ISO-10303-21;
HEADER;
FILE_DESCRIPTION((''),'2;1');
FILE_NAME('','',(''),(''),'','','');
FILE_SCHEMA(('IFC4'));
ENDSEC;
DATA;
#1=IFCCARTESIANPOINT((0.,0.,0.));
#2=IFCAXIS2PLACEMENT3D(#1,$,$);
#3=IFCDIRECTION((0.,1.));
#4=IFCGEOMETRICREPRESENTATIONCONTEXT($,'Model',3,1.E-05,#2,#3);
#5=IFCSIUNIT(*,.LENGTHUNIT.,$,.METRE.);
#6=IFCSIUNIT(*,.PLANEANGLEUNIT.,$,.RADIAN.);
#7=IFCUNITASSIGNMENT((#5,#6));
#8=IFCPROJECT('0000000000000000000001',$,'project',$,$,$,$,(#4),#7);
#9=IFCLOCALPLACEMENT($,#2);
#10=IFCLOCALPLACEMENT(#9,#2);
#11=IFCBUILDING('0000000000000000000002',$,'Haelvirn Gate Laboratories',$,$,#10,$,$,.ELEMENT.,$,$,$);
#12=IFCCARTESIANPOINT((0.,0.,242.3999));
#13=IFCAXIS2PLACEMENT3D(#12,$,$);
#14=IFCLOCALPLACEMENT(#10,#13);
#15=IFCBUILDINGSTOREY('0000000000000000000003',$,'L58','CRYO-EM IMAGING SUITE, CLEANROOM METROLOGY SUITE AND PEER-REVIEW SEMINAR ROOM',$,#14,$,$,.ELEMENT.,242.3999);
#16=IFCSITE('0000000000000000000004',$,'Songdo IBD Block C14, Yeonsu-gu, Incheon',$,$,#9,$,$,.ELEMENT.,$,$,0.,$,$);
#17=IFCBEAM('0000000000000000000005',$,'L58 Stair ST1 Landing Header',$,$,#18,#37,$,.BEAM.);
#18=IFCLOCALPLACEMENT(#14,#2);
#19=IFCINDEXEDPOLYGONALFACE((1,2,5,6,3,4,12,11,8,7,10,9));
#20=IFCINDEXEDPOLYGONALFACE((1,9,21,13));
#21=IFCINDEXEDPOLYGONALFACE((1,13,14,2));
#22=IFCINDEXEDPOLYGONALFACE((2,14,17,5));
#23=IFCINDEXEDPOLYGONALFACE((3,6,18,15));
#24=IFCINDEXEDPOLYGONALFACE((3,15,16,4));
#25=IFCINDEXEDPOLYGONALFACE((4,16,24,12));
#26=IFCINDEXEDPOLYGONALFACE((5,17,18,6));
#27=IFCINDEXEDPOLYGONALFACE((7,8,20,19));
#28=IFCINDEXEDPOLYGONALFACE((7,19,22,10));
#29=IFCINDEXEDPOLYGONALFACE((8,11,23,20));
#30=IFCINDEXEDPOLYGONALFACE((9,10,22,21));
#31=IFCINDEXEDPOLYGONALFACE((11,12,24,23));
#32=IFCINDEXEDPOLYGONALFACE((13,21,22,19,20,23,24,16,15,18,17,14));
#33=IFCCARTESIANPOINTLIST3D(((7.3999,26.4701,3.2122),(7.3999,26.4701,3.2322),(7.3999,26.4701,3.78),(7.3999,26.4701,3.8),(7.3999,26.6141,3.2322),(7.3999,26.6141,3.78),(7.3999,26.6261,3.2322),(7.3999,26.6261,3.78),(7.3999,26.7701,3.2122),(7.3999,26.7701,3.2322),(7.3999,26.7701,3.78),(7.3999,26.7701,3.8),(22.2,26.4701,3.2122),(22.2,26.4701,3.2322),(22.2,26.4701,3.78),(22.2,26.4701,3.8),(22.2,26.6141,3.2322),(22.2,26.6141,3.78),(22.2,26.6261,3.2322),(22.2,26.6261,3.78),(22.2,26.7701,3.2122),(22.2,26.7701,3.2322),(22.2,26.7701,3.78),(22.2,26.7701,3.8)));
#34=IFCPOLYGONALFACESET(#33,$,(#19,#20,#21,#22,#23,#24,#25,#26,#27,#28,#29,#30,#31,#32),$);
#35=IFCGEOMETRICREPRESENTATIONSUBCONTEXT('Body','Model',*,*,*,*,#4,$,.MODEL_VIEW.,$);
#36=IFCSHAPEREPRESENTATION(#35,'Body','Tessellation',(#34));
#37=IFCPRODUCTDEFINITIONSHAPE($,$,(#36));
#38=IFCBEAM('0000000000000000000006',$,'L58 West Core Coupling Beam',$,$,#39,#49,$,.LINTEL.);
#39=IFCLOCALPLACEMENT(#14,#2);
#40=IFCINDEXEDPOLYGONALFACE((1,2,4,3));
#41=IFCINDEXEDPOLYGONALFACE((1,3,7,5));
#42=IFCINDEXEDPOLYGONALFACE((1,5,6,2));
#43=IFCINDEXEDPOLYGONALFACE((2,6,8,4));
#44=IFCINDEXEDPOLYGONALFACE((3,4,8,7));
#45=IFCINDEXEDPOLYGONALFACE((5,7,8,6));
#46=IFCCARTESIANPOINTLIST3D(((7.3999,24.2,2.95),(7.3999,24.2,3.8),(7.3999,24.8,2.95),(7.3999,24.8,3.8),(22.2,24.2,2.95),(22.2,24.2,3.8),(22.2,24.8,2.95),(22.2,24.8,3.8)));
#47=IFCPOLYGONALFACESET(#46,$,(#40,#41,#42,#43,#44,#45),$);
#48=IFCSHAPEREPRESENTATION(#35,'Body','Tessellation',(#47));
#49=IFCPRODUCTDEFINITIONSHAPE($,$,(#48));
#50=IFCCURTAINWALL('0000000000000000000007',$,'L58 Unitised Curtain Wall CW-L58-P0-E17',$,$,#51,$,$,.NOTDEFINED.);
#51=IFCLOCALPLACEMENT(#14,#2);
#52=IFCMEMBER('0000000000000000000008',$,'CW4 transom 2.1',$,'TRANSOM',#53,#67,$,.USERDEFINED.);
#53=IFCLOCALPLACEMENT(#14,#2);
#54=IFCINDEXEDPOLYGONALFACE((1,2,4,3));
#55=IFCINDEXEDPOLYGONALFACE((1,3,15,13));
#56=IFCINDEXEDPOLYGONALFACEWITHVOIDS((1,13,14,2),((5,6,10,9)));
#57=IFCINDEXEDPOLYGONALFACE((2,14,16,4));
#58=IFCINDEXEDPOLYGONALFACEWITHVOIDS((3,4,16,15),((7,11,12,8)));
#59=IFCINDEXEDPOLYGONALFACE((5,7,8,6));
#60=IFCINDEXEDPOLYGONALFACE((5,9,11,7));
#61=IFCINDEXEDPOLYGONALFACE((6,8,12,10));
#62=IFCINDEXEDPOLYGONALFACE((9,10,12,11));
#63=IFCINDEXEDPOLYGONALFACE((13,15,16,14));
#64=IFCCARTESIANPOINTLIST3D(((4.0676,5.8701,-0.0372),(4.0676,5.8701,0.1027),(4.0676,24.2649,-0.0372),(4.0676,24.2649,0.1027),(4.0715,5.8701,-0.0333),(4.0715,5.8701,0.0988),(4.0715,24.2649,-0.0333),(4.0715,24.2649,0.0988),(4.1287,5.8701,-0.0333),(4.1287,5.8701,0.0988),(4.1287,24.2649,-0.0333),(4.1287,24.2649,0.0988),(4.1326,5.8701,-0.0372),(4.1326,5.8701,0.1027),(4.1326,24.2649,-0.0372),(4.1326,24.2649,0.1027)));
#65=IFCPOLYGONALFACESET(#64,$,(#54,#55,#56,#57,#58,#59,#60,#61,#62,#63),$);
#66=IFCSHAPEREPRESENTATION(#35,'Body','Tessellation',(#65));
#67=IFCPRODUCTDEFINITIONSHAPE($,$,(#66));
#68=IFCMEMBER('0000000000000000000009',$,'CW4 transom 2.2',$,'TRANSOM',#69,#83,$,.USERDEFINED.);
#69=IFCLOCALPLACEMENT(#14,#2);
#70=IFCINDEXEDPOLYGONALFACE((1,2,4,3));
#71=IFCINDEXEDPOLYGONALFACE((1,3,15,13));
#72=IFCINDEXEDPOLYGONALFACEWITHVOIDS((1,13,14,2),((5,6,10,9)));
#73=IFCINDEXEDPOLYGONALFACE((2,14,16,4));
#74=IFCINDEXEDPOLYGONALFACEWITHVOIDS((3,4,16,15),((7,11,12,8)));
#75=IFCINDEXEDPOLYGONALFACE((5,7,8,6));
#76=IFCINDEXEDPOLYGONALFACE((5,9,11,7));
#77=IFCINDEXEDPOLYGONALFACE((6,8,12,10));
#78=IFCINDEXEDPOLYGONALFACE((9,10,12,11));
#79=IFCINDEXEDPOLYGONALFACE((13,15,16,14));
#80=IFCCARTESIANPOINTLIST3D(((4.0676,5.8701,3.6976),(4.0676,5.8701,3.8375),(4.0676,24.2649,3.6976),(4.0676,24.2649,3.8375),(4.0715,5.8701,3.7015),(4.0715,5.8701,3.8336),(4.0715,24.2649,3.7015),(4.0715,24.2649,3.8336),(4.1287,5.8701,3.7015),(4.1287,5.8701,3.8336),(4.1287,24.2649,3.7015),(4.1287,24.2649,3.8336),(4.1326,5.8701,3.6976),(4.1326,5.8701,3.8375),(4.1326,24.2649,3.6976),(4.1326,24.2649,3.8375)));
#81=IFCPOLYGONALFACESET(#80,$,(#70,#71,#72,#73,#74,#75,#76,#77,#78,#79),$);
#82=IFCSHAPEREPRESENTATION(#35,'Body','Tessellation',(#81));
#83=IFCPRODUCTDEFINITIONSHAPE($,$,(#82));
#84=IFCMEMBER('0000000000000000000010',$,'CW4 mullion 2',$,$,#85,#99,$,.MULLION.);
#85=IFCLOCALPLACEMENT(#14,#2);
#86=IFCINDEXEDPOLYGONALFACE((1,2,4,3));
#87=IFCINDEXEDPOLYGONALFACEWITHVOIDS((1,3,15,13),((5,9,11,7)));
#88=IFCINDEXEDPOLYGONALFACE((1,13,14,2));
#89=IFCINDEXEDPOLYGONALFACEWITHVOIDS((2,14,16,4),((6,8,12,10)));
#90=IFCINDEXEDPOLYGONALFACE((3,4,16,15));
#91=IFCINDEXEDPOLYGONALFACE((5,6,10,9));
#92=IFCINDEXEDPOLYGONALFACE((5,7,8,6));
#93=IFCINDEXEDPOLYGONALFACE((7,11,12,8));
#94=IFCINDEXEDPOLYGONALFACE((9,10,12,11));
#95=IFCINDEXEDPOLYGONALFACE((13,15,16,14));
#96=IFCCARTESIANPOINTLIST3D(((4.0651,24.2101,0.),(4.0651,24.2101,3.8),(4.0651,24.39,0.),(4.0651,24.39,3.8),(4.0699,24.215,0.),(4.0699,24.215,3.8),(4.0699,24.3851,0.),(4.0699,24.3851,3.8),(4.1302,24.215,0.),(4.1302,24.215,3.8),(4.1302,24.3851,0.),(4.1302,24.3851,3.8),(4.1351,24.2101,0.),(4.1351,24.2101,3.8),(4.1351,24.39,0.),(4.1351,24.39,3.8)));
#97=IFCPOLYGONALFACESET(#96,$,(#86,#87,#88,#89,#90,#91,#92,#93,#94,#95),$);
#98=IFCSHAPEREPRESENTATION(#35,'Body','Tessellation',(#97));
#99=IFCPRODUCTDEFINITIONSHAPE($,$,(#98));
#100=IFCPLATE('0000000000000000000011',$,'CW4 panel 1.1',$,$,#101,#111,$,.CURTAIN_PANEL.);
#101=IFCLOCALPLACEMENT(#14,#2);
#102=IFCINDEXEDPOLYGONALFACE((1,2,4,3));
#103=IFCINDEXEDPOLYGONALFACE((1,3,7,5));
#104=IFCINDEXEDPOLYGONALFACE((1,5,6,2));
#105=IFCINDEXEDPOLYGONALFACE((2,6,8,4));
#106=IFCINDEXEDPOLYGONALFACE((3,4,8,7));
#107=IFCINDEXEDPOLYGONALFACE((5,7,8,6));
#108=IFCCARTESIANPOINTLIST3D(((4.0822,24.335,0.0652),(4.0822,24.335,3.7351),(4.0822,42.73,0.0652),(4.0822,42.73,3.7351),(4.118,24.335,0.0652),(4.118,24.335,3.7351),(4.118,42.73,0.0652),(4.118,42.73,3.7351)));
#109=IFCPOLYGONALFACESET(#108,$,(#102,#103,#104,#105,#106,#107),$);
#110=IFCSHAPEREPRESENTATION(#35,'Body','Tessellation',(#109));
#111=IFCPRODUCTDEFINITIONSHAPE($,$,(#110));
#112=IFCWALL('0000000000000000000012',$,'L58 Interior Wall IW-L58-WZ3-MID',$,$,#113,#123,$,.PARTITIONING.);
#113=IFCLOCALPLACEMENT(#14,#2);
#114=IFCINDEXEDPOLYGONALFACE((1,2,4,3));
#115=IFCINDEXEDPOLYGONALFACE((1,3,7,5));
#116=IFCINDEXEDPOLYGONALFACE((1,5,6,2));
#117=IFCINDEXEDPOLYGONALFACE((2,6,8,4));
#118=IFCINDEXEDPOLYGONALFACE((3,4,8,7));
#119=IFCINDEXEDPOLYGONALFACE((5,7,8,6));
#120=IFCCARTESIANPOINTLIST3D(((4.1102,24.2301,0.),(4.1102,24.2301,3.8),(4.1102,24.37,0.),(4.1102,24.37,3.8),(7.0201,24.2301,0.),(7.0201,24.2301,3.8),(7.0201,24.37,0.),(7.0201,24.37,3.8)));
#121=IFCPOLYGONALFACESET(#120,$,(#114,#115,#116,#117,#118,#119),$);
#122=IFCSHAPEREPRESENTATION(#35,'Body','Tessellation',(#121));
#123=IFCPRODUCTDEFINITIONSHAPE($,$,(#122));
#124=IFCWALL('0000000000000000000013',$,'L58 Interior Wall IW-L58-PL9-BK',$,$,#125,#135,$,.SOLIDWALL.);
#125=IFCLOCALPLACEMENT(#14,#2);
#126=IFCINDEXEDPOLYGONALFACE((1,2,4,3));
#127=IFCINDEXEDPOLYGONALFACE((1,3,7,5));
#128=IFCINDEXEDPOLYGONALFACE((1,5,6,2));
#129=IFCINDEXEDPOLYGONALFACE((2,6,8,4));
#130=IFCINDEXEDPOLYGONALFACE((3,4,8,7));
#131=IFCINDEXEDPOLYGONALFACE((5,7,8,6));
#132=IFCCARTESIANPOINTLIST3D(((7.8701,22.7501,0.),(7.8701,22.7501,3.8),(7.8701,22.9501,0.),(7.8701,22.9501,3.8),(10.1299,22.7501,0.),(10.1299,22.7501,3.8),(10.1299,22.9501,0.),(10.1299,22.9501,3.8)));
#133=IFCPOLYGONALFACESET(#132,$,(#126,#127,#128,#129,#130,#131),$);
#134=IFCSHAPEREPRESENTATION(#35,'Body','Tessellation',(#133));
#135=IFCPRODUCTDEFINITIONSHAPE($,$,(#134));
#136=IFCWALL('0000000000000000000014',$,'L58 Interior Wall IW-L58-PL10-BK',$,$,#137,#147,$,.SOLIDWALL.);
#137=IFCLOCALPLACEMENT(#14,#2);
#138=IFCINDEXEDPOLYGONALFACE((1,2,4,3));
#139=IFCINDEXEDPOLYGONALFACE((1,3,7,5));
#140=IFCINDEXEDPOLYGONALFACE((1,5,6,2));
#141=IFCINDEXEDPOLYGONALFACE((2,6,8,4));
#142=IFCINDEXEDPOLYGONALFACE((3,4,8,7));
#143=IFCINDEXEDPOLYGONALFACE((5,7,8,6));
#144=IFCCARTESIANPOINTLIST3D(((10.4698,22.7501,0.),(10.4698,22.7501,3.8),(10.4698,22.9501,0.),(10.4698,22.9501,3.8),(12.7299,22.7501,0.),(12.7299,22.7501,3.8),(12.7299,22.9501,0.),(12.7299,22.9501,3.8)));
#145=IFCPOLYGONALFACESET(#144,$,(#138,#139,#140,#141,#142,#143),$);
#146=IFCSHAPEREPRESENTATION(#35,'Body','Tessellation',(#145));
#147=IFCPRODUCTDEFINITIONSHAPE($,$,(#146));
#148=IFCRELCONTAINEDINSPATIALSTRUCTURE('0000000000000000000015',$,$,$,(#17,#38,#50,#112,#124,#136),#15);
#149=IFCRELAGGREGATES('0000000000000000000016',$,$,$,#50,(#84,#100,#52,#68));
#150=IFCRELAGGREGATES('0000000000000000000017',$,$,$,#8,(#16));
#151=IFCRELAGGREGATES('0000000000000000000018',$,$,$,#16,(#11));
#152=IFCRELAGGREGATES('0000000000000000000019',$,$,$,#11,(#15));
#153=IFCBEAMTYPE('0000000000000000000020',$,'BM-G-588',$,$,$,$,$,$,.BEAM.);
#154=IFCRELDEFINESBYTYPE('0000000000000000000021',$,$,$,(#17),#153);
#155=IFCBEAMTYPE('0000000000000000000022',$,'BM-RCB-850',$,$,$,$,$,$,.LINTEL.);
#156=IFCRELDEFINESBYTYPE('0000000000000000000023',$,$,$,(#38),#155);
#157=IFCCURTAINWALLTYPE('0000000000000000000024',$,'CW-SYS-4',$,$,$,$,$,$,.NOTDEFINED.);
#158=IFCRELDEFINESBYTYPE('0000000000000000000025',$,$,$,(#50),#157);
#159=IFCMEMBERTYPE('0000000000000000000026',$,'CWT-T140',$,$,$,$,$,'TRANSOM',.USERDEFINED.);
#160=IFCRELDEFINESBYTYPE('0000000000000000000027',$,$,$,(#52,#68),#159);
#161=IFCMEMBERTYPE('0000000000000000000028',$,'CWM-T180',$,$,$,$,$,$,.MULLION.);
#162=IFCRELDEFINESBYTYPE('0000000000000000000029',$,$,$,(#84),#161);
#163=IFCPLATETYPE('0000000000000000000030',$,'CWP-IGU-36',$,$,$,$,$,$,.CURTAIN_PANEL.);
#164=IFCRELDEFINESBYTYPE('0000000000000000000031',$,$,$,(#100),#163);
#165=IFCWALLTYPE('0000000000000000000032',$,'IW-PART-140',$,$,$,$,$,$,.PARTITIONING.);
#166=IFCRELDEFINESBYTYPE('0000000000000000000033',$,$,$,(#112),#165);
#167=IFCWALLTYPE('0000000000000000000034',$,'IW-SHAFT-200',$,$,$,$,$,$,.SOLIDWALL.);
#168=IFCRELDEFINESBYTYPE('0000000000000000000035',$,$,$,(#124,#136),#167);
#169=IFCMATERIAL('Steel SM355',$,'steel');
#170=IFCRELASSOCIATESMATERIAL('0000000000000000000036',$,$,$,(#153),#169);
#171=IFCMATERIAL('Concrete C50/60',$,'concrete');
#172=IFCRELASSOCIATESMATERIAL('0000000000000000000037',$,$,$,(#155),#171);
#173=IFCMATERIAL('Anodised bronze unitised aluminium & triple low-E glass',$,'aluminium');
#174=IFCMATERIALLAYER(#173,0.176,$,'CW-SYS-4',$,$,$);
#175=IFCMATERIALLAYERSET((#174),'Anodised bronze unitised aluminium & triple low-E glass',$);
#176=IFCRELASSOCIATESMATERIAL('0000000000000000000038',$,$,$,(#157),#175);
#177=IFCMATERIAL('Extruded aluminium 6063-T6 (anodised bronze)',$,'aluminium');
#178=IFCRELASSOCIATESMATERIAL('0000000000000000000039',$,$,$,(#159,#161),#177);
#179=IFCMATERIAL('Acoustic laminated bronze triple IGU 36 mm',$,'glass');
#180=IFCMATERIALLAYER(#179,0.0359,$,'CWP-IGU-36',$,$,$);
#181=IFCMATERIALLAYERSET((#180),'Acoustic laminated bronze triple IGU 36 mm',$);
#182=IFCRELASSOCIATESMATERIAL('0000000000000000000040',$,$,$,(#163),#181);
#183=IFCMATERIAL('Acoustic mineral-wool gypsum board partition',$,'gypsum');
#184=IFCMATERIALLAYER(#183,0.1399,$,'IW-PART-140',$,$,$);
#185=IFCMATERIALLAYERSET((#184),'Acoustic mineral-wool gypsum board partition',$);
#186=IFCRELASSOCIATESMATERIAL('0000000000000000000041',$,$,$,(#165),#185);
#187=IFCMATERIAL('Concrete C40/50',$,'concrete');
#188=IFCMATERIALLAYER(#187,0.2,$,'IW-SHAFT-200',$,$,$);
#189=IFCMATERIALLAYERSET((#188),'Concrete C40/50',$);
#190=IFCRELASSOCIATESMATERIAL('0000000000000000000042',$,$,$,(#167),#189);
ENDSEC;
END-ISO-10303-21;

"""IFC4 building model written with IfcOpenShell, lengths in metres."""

from ifc_helpers import new_model, si_unit, direction, frame, frame_2d, origin, origin_2d, place, context, subcontext, project, spatial, rectangle, hollow_rectangle, i_section, extrude, source, transform, mapped, material, layer, layer_set, material_profile, profile_set, type_object, type_shapes, element, aggregate, save


model = new_model("IFC4")

# Units and contexts
model_context = context("Model", 3, precision=1e-05, world=origin(), true_north=direction((0.0, 1.0)))
body_context = subcontext(model_context, "Body", "Model", "MODEL_VIEW")
ifc_project = project(units=[si_unit("LENGTHUNIT", "METRE"), si_unit("PLANEANGLEUNIT", "RADIAN")], contexts=[model_context])

# Site, building, storey
site_placement = place(None, origin())
site = spatial("IfcSite", under=ifc_project, at=site_placement, Name="Songdo IBD Block C14, Yeonsu-gu, Incheon", CompositionType="ELEMENT", RefElevation=0.0)
building_placement = place(site_placement, origin())
building = spatial("IfcBuilding", under=site, at=building_placement, Name="Haelvirn Gate Laboratories", CompositionType="ELEMENT")
storey_placement = place(building_placement, frame((0.0, 0.0, 242.3999)))
storey = spatial("IfcBuildingStorey", under=building, at=storey_placement, Name="L58", Description="CRYO-EM IMAGING SUITE, CLEANROOM METROLOGY SUITE AND PEER-REVIEW SEMINAR ROOM", CompositionType="ELEMENT", Elevation=242.3999)

# Beams
ifc_material_1 = material(Name="Steel SM355", Category="steel")
ifc_material_profile_1 = material_profile(ifc_material_1, i_section(OverallWidth=0.3, OverallDepth=0.5879, WebThickness=0.012, FlangeThickness=0.02, at=origin_2d()), Name="H-588x300x12x20")
ifc_profile_set_1 = profile_set([ifc_material_profile_1], Name="Steel SM355")
beam_type_1 = type_object("IfcBeamType", Name="BM-G-588", PredefinedType="BEAM", material=ifc_profile_set_1)
shared_shape_1 = source(origin(), body_context, "Body", "SweptSolid", [
    extrude(i_section(OverallWidth=0.3, OverallDepth=0.5879, WebThickness=0.012, FlangeThickness=0.02, at=origin_2d()), origin(), (0.0, 0.0, 1.0), 14.8),
])
type_shapes(beam_type_1, [shared_shape_1])
beam_1_placement = place(storey_placement, frame((7.3999, 26.6201, 3.5061), z_axis=(1.0, 0.0, 0.0), x_axis=(0.0, 1.0, 0.0)))
element("IfcBeam", 1, at=beam_1_placement, inside=storey, type_object=beam_type_1, Name="L58 Stair ST1 Landing Header", PredefinedType="BEAM", context=body_context, shape_type="MappedRepresentation", body=[
    mapped(shared_shape_1, transform((0.0, 0.0, 0.0), scale=1.0)),
])
ifc_material_2 = material(Name="Concrete C50/60", Category="concrete")
ifc_material_profile_2 = material_profile(ifc_material_2, rectangle(XDim=0.6001, YDim=0.8501, at=origin_2d()), Name="RCB-600x850")
ifc_profile_set_2 = profile_set([ifc_material_profile_2], Name="Concrete C50/60")
beam_type_2 = type_object("IfcBeamType", Name="BM-RCB-850", PredefinedType="LINTEL", material=ifc_profile_set_2)
shared_shape_2 = source(origin(), body_context, "Body", "SweptSolid", [
    extrude(rectangle(XDim=0.6001, YDim=0.8501, at=origin_2d()), origin(), (0.0, 0.0, 1.0), 14.8),
])
type_shapes(beam_type_2, [shared_shape_2])
beam_2_placement = place(storey_placement, frame((7.3999, 24.5, 3.375), z_axis=(1.0, 0.0, 0.0), x_axis=(0.0, 1.0, 0.0)))
element("IfcBeam", 2, at=beam_2_placement, inside=storey, type_object=beam_type_2, Name="L58 West Core Coupling Beam", PredefinedType="LINTEL", context=body_context, shape_type="MappedRepresentation", body=[
    mapped(shared_shape_2, transform((0.0, 0.0, 0.0), scale=1.0)),
])

# Curtain wall, members, plate
ifc_material_3 = material(Name="Anodised bronze unitised aluminium & triple low-E glass", Category="aluminium")
ifc_layer_1 = layer(ifc_material_3, 0.176, Name="CW-SYS-4")
ifc_layer_set_1 = layer_set([ifc_layer_1], Name="Anodised bronze unitised aluminium & triple low-E glass")
curtain_wall_type = type_object("IfcCurtainWallType", Name="CW-SYS-4", PredefinedType="NOTDEFINED", material=ifc_layer_set_1)
curtain_wall_placement = place(storey_placement, origin())
curtain_wall = element("IfcCurtainWall", 3, at=curtain_wall_placement, inside=storey, type_object=curtain_wall_type, Name="L58 Unitised Curtain Wall CW-L58-P0-E17", PredefinedType="NOTDEFINED")
ifc_material_4 = material(Name="Extruded aluminium 6063-T6 (anodised bronze)", Category="aluminium")
ifc_material_profile_3 = material_profile(ifc_material_4, hollow_rectangle(XDim=0.0649, YDim=0.1399, WallThickness=0.0039, at=origin_2d()), Name="CWT-140x65x4")
ifc_profile_set_3 = profile_set([ifc_material_profile_3], Name="Extruded aluminium 6063-T6 (anodised bronze)")
member_type_1 = type_object("IfcMemberType", Name="CWT-T140", ElementType="TRANSOM", PredefinedType="USERDEFINED", material=ifc_profile_set_3)
shared_shape_3 = source(origin(), body_context, "Body", "SweptSolid", [
    extrude(hollow_rectangle(XDim=0.0649, YDim=0.1399, WallThickness=0.0039, at=origin_2d()), origin(), (0.0, 0.0, 1.0), 18.3948),
])
type_shapes(member_type_1, [shared_shape_3])
member_1_placement = place(storey_placement, frame((4.1001, 24.2649, 0.0327), z_axis=(0.0, -1.0, 0.0), x_axis=(1.0, 0.0, 0.0)))
member_1 = element("IfcMember", 4, at=member_1_placement, type_object=member_type_1, Name="CW4 transom 2.1", ObjectType="TRANSOM", PredefinedType="USERDEFINED", context=body_context, shape_type="MappedRepresentation", body=[
    mapped(shared_shape_3, transform((0.0, 0.0, 0.0), scale=1.0)),
])
member_2_placement = place(storey_placement, frame((4.1001, 24.2649, 3.7676), z_axis=(0.0, -1.0, 0.0), x_axis=(1.0, 0.0, 0.0)))
member_2 = element("IfcMember", 5, at=member_2_placement, type_object=member_type_1, Name="CW4 transom 2.2", ObjectType="TRANSOM", PredefinedType="USERDEFINED", context=body_context, shape_type="MappedRepresentation", body=[
    mapped(shared_shape_3, transform((0.0, 0.0, 0.0), scale=1.0)),
])
ifc_material_profile_4 = material_profile(ifc_material_4, hollow_rectangle(XDim=0.0701, YDim=0.1799, WallThickness=0.0049, at=origin_2d()), Name="CWM-180x70x5")
ifc_profile_set_4 = profile_set([ifc_material_profile_4], Name="Extruded aluminium 6063-T6 (anodised bronze)")
member_type_2 = type_object("IfcMemberType", Name="CWM-T180", PredefinedType="MULLION", material=ifc_profile_set_4)
shared_shape_4 = source(origin(), body_context, "Body", "SweptSolid", [
    extrude(hollow_rectangle(XDim=0.0701, YDim=0.1799, WallThickness=0.0049, at=origin_2d()), origin(), (0.0, 0.0, 1.0), 3.8),
])
type_shapes(member_type_2, [shared_shape_4])
member_3_placement = place(storey_placement, frame((4.1001, 24.3, 0.0), z_axis=(0.0, 0.0, 1.0), x_axis=(1.0, 0.0, 0.0)))
member_3 = element("IfcMember", 6, at=member_3_placement, type_object=member_type_2, Name="CW4 mullion 2", PredefinedType="MULLION", context=body_context, shape_type="MappedRepresentation", body=[
    mapped(shared_shape_4, transform((0.0, 0.0, 0.0), scale=1.0)),
])
ifc_material_5 = material(Name="Acoustic laminated bronze triple IGU 36 mm", Category="glass")
ifc_layer_2 = layer(ifc_material_5, 0.0359, Name="CWP-IGU-36")
ifc_layer_set_2 = layer_set([ifc_layer_2], Name="Acoustic laminated bronze triple IGU 36 mm")
plate_type = type_object("IfcPlateType", Name="CWP-IGU-36", PredefinedType="CURTAIN_PANEL", material=ifc_layer_set_2)
shared_shape_5 = source(origin(), body_context, "Body", "SweptSolid", [
    extrude(rectangle(XDim=18.395, YDim=0.0359, at=origin_2d()), origin(), (0.0, 0.0, 1.0), 3.6699),
])
type_shapes(plate_type, [shared_shape_5])
plate_placement = place(storey_placement, frame((4.1001, 33.5325, 0.0652), z_axis=(0.0, 0.0, 1.0), x_axis=(0.0, -1.0, 0.0)))
plate = element("IfcPlate", 7, at=plate_placement, type_object=plate_type, Name="CW4 panel 1.1", PredefinedType="CURTAIN_PANEL", context=body_context, shape_type="MappedRepresentation", body=[
    mapped(shared_shape_5, transform((0.0, 0.0, 0.0), scale=1.0)),
])
aggregate(curtain_wall, [member_3, plate, member_1, member_2])

# Walls
ifc_material_6 = material(Name="Acoustic mineral-wool gypsum board partition", Category="gypsum")
ifc_layer_3 = layer(ifc_material_6, 0.1399, Name="IW-PART-140")
ifc_layer_set_3 = layer_set([ifc_layer_3], Name="Acoustic mineral-wool gypsum board partition")
wall_type_1 = type_object("IfcWallType", Name="IW-PART-140", PredefinedType="PARTITIONING", material=ifc_layer_set_3)
wall_1_placement = place(storey_placement, frame((4.1101, 24.3, 0.0), z_axis=(0.0, 0.0, 1.0), x_axis=(1.0, 0.0, 0.0)))
element("IfcWall", 8, at=wall_1_placement, inside=storey, type_object=wall_type_1, Name="L58 Interior Wall IW-L58-WZ3-MID", PredefinedType="PARTITIONING", context=body_context, shape_type="SweptSolid", body=[
    extrude(rectangle(XDim=2.9099, YDim=0.1399, at=frame_2d((1.4551, 0.0))), origin(), (0.0, 0.0, 1.0), 3.8),
])
ifc_material_7 = material(Name="Concrete C40/50", Category="concrete")
ifc_layer_4 = layer(ifc_material_7, 0.2, Name="IW-SHAFT-200")
ifc_layer_set_4 = layer_set([ifc_layer_4], Name="Concrete C40/50")
wall_type_2 = type_object("IfcWallType", Name="IW-SHAFT-200", PredefinedType="SOLIDWALL", material=ifc_layer_set_4)
wall_2_placement = place(storey_placement, frame((7.8701, 22.8501, 0.0), z_axis=(0.0, 0.0, 1.0), x_axis=(1.0, 0.0, 0.0)))
element("IfcWall", 9, at=wall_2_placement, inside=storey, type_object=wall_type_2, Name="L58 Interior Wall IW-L58-PL9-BK", PredefinedType="SOLIDWALL", context=body_context, shape_type="SweptSolid", body=[
    extrude(rectangle(XDim=2.2598, YDim=0.2, at=frame_2d((1.1299, 0.0))), origin(), (0.0, 0.0, 1.0), 3.8),
])
wall_3_placement = place(storey_placement, frame((10.47, 22.8501, 0.0), z_axis=(0.0, 0.0, 1.0), x_axis=(1.0, 0.0, 0.0)))
element("IfcWall", 10, at=wall_3_placement, inside=storey, type_object=wall_type_2, Name="L58 Interior Wall IW-L58-PL10-BK", PredefinedType="SOLIDWALL", context=body_context, shape_type="SweptSolid", body=[
    extrude(rectangle(XDim=2.26, YDim=0.2, at=frame_2d((1.1299, 0.0))), origin(), (0.0, 0.0, 1.0), 3.8),
])

save(model, "model.ifc")
